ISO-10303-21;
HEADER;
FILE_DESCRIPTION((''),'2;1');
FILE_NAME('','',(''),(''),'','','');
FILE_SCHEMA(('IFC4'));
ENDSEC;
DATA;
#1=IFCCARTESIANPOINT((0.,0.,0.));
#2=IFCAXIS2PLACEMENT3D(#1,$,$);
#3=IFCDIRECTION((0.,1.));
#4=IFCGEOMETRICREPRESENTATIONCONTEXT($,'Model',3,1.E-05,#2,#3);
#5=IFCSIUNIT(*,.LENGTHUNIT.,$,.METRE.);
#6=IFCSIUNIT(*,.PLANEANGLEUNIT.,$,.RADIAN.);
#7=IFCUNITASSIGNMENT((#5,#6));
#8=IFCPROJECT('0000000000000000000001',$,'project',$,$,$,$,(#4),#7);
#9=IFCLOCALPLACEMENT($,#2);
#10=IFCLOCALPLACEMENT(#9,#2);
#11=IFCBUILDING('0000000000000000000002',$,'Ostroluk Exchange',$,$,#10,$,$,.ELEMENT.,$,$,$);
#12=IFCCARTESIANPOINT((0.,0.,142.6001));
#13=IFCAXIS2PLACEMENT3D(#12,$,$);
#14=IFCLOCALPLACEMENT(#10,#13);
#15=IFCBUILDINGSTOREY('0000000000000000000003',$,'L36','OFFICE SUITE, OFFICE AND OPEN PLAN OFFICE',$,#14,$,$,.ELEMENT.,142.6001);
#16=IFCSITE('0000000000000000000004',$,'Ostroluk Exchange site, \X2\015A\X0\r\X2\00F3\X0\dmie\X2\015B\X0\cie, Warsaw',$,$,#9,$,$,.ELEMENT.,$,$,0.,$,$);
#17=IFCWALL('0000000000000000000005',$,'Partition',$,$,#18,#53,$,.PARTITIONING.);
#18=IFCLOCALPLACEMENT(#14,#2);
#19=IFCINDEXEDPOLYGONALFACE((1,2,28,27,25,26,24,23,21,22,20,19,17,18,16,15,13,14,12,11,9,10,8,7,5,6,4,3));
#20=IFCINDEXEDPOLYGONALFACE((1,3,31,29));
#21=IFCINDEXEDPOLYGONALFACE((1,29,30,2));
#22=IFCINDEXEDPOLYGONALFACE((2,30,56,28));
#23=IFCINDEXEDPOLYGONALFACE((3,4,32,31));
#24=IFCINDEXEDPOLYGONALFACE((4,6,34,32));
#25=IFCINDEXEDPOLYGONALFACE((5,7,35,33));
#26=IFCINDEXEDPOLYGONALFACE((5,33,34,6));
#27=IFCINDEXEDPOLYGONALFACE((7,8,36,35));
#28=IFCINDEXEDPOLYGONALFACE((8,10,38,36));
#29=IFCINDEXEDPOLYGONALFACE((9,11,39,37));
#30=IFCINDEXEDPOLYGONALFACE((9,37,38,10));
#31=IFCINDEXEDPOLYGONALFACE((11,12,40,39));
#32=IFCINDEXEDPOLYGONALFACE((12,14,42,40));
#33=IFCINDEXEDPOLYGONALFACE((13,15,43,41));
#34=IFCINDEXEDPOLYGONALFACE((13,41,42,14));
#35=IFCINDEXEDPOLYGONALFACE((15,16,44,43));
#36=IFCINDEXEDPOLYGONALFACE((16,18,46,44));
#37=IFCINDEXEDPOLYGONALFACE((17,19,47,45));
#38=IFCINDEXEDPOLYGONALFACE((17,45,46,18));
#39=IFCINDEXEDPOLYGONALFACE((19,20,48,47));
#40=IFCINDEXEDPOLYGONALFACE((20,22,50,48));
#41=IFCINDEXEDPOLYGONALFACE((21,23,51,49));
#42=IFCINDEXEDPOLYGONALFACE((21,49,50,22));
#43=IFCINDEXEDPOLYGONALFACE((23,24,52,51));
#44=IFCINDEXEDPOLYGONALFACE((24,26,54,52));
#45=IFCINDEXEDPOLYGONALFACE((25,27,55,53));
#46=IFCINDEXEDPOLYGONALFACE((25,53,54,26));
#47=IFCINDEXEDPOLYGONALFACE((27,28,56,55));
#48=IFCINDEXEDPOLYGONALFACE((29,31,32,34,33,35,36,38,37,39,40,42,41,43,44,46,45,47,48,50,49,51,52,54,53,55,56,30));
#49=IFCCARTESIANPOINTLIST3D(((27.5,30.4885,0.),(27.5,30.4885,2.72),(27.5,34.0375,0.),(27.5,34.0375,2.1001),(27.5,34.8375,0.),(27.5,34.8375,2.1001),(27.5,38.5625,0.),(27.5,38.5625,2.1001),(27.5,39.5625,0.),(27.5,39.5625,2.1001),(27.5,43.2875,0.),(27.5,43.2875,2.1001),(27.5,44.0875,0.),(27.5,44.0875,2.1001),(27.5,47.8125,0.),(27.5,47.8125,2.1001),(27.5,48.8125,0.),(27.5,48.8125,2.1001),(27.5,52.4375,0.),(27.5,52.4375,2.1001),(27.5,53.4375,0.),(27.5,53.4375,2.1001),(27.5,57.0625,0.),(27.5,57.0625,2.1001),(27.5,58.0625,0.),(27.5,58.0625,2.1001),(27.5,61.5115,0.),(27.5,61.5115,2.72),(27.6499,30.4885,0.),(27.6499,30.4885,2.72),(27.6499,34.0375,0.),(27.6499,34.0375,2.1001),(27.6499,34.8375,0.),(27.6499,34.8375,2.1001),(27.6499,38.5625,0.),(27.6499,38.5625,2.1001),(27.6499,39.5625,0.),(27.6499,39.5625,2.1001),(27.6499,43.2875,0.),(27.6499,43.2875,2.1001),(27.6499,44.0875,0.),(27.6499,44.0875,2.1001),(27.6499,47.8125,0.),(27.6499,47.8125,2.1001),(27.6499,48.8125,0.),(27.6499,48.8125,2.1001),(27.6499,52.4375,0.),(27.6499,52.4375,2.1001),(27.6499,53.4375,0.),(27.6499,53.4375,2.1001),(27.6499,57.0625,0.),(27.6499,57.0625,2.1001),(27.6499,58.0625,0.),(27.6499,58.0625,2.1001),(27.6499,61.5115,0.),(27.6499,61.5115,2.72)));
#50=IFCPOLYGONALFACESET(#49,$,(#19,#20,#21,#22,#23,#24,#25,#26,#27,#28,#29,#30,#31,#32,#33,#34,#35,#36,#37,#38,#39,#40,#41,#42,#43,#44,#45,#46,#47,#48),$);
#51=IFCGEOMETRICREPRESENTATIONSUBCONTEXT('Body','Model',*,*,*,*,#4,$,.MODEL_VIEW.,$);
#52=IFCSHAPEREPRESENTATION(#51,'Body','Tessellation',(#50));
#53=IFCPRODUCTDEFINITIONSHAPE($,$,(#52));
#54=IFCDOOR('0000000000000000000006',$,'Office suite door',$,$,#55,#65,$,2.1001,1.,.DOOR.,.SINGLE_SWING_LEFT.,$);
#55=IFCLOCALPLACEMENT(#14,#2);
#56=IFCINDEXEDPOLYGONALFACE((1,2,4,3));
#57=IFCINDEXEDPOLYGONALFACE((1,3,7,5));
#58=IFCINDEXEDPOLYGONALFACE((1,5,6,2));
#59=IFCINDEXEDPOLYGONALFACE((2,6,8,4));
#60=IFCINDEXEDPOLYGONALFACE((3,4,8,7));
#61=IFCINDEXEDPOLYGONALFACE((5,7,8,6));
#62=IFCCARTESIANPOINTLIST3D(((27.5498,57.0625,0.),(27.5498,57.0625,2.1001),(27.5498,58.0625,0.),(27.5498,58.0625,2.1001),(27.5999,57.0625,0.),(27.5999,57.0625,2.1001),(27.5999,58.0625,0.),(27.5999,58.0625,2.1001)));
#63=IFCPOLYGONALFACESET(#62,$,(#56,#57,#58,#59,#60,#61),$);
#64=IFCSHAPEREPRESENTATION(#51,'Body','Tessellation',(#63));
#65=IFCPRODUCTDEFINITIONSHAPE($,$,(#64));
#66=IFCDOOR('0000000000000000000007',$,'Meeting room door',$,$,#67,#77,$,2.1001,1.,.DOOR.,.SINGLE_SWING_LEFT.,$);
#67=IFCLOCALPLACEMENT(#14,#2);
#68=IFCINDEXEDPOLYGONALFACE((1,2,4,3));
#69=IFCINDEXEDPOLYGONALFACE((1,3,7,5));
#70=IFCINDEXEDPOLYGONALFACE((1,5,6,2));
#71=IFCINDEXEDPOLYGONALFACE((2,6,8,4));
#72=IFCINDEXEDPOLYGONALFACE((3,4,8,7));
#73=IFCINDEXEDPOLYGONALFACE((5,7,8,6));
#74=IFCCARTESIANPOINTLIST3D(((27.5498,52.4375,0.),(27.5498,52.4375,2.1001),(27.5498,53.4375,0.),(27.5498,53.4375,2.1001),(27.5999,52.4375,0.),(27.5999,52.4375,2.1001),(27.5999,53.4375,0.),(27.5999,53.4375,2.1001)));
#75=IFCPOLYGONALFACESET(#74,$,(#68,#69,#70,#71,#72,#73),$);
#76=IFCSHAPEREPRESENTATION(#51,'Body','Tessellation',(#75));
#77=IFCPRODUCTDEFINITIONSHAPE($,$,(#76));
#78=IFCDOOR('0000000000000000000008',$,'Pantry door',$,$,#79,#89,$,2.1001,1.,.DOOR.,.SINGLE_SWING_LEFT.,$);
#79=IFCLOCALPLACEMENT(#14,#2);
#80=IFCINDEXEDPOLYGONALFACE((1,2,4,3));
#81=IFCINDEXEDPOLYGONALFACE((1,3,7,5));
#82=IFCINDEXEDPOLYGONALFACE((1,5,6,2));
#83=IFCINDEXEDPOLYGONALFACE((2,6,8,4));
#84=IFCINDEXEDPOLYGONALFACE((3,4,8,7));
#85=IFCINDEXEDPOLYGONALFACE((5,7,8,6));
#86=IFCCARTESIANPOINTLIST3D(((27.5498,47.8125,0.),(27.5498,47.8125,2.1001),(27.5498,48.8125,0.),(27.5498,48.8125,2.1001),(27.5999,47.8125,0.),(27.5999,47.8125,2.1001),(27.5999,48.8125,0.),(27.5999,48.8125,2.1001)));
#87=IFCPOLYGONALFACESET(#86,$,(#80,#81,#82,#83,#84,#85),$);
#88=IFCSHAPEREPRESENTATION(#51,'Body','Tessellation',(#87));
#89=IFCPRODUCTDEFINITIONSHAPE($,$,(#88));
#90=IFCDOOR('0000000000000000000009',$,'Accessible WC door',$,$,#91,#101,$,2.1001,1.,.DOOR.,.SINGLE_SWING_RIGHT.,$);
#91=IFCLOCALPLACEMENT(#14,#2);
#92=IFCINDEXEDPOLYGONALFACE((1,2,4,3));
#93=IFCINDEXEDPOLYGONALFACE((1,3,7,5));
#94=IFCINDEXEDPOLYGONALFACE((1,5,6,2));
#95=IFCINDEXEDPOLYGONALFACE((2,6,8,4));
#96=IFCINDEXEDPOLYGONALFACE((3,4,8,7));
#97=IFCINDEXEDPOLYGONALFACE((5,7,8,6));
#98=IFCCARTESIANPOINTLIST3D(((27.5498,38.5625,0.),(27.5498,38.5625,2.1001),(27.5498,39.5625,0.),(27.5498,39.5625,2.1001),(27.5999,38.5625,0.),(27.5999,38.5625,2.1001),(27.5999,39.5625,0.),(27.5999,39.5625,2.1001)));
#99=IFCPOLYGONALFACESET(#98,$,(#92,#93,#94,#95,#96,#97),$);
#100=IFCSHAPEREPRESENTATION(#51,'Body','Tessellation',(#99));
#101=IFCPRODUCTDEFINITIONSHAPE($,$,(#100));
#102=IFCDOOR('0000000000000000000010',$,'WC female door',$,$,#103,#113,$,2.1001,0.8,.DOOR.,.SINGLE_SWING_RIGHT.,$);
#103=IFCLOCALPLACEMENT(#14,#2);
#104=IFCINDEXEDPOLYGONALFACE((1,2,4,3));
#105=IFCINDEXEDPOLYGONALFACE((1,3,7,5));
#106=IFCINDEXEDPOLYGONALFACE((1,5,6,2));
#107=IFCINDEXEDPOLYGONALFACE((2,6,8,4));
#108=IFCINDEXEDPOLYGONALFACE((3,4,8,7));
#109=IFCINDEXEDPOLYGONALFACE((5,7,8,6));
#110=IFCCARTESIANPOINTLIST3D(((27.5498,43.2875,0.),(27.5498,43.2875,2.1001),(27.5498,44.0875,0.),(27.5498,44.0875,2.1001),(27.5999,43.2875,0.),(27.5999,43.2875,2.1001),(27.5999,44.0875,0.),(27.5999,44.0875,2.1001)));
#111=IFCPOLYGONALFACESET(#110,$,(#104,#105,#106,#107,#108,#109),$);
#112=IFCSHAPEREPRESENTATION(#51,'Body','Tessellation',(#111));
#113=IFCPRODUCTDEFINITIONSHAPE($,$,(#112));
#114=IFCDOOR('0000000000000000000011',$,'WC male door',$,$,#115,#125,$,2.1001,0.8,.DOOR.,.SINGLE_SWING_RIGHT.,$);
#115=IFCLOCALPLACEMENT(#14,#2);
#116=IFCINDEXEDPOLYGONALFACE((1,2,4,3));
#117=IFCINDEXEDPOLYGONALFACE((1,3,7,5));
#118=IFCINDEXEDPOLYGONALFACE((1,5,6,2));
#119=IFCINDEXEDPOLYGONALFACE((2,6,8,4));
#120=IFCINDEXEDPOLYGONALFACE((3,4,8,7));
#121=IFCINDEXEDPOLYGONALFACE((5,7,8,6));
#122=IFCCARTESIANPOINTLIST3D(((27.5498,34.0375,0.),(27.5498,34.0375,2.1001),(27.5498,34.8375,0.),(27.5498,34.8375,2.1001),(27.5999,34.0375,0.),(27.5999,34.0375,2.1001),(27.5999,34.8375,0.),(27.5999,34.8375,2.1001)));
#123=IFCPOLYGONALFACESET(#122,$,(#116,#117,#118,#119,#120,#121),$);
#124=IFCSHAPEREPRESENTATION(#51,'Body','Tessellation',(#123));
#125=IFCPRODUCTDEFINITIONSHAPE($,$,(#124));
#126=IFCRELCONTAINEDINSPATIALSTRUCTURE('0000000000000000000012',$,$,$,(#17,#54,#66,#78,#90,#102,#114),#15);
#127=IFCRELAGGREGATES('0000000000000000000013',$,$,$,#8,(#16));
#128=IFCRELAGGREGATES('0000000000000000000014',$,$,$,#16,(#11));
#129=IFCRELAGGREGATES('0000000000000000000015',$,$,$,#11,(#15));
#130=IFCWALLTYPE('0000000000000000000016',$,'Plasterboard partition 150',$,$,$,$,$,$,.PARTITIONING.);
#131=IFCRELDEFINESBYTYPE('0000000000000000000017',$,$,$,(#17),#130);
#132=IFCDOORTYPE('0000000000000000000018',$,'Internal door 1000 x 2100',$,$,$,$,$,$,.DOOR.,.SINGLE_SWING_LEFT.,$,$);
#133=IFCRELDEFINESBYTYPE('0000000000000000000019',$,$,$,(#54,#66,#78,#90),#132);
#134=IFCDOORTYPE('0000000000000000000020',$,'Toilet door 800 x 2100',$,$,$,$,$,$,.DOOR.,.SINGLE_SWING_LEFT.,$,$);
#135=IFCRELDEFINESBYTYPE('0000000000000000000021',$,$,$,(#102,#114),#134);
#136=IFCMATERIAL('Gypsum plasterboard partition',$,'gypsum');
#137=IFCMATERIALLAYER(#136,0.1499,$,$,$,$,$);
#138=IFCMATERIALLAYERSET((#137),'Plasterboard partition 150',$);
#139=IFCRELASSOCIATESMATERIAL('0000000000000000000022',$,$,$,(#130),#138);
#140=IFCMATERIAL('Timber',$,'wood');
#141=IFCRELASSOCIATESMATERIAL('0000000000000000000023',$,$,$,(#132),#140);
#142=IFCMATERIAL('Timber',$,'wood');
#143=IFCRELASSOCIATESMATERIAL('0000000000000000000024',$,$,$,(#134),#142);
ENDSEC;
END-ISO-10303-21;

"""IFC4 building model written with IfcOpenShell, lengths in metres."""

from ifc_helpers import new_model, si_unit, direction, frame, frame_2d, origin, place, context, subcontext, project, spatial, rectangle, extrude, material, layer, layer_set, type_object, element, fill, save


model = new_model("IFC4")

# Units and contexts
model_context = context("Model", 3, precision=1e-05, world=origin(), true_north=direction((0.0, 1.0)))
body_context = subcontext(model_context, "Body", "Model", "MODEL_VIEW")
ifc_project = project(units=[si_unit("LENGTHUNIT", "METRE"), si_unit("PLANEANGLEUNIT", "RADIAN")], contexts=[model_context])

# Site, building, storey
site_placement = place(None, origin())
site = spatial("IfcSite", under=ifc_project, at=site_placement, Name="Ostroluk Exchange site, Śródmieście, Warsaw", CompositionType="ELEMENT", RefElevation=0.0)
building_placement = place(site_placement, origin())
building = spatial("IfcBuilding", under=site, at=building_placement, Name="Ostroluk Exchange", CompositionType="ELEMENT")
storey_placement = place(building_placement, frame((0.0, 0.0, 142.6001)))
storey = spatial("IfcBuildingStorey", under=building, at=storey_placement, Name="L36", Description="OFFICE SUITE, OFFICE AND OPEN PLAN OFFICE", CompositionType="ELEMENT", Elevation=142.6001)

# Shared definitions
ifc_material_1 = material(Name="Gypsum plasterboard partition", Category="gypsum")
ifc_layer_1 = layer(ifc_material_1, 0.1499)
ifc_layer_set_1 = layer_set([ifc_layer_1], Name="Plasterboard partition 150")
wall_type_1 = type_object("IfcWallType", Name="Plasterboard partition 150", PredefinedType="PARTITIONING", material=ifc_layer_set_1)

# Wall, openings, doors
wall_1_placement = place(storey_placement, frame((27.575, 61.5115, 0.0), z_axis=(0.0, 0.0, 1.0), x_axis=(0.0, -1.0, 0.0)))
wall_1 = element("IfcWall", 1, at=wall_1_placement, inside=storey, type_object=wall_type_1, Name="Partition", PredefinedType="PARTITIONING", context=body_context, shape_type="SweptSolid", body=[
    extrude(rectangle(XDim=31.0229, YDim=0.1499, at=frame_2d((15.5115, 0.0))), origin(), (0.0, 0.0, 1.0), 2.72),
])
opening_1_placement = place(wall_1_placement, frame((3.449, 0.0, 0.0)))
opening_1 = element("IfcOpeningElement", 2, at=opening_1_placement, cuts=wall_1, PredefinedType="OPENING", context=body_context, shape_type="SweptSolid", body=[
    extrude(rectangle(XDim=1.0, YDim=2.1001, at=frame_2d((0.5, 1.05))), frame((0.0, 0.085, 0.0), z_axis=(0.0, -1.0, 0.0), x_axis=(1.0, 0.0, 0.0)), (0.0, 0.0, 1.0), 0.1699),
])
opening_2_placement = place(wall_1_placement, frame((8.074, 0.0, 0.0)))
opening_2 = element("IfcOpeningElement", 3, at=opening_2_placement, cuts=wall_1, PredefinedType="OPENING", context=body_context, shape_type="SweptSolid", body=[
    extrude(rectangle(XDim=1.0, YDim=2.1001, at=frame_2d((0.5, 1.05))), frame((0.0, 0.085, 0.0), z_axis=(0.0, -1.0, 0.0), x_axis=(1.0, 0.0, 0.0)), (0.0, 0.0, 1.0), 0.1699),
])
opening_3_placement = place(wall_1_placement, frame((12.699, 0.0, 0.0)))
opening_3 = element("IfcOpeningElement", 4, at=opening_3_placement, cuts=wall_1, PredefinedType="OPENING", context=body_context, shape_type="SweptSolid", body=[
    extrude(rectangle(XDim=1.0, YDim=2.1001, at=frame_2d((0.5, 1.05))), frame((0.0, 0.085, 0.0), z_axis=(0.0, -1.0, 0.0), x_axis=(1.0, 0.0, 0.0)), (0.0, 0.0, 1.0), 0.1699),
])
opening_4_placement = place(wall_1_placement, frame((17.4241, 0.0, 0.0)))
opening_4 = element("IfcOpeningElement", 5, at=opening_4_placement, cuts=wall_1, PredefinedType="OPENING", context=body_context, shape_type="SweptSolid", body=[
    extrude(rectangle(XDim=0.8, YDim=2.1001, at=frame_2d((0.3999, 1.05))), frame((0.0, 0.085, 0.0), z_axis=(0.0, -1.0, 0.0), x_axis=(1.0, 0.0, 0.0)), (0.0, 0.0, 1.0), 0.1699),
])
opening_5_placement = place(wall_1_placement, frame((21.949, 0.0, 0.0)))
opening_5 = element("IfcOpeningElement", 6, at=opening_5_placement, cuts=wall_1, PredefinedType="OPENING", context=body_context, shape_type="SweptSolid", body=[
    extrude(rectangle(XDim=1.0, YDim=2.1001, at=frame_2d((0.5, 1.05))), frame((0.0, 0.085, 0.0), z_axis=(0.0, -1.0, 0.0), x_axis=(1.0, 0.0, 0.0)), (0.0, 0.0, 1.0), 0.1699),
])
opening_6_placement = place(wall_1_placement, frame((26.6741, 0.0, 0.0)))
opening_6 = element("IfcOpeningElement", 7, at=opening_6_placement, cuts=wall_1, PredefinedType="OPENING", context=body_context, shape_type="SweptSolid", body=[
    extrude(rectangle(XDim=0.8, YDim=2.1001, at=frame_2d((0.3999, 1.05))), frame((0.0, 0.085, 0.0), z_axis=(0.0, -1.0, 0.0), x_axis=(1.0, 0.0, 0.0)), (0.0, 0.0, 1.0), 0.1699),
])
ifc_material_2 = material(Name="Timber", Category="wood")
door_type_1 = type_object("IfcDoorType", Name="Internal door 1000 x 2100", OperationType="SINGLE_SWING_LEFT", PredefinedType="DOOR", material=ifc_material_2)
door_1_placement = place(opening_1_placement, origin())
door_1 = element("IfcDoor", 8, at=door_1_placement, inside=storey, type_object=door_type_1, Name="Office suite door", OperationType="SINGLE_SWING_LEFT", OverallHeight=2.1001, OverallWidth=1.0, PredefinedType="DOOR", context=body_context, shape_type="SweptSolid", body=[
    extrude(rectangle(XDim=1.0, YDim=2.1001, at=frame_2d((0.5, 1.05))), frame((0.0, 0.0249, 0.0), z_axis=(0.0, -1.0, 0.0), x_axis=(1.0, 0.0, 0.0)), (0.0, 0.0, 1.0), 0.05),
])
fill(opening_1, door_1)
door_2_placement = place(opening_2_placement, origin())
door_2 = element("IfcDoor", 9, at=door_2_placement, inside=storey, type_object=door_type_1, Name="Meeting room door", OperationType="SINGLE_SWING_LEFT", OverallHeight=2.1001, OverallWidth=1.0, PredefinedType="DOOR", context=body_context, shape_type="SweptSolid", body=[
    extrude(rectangle(XDim=1.0, YDim=2.1001, at=frame_2d((0.5, 1.05))), frame((0.0, 0.0249, 0.0), z_axis=(0.0, -1.0, 0.0), x_axis=(1.0, 0.0, 0.0)), (0.0, 0.0, 1.0), 0.05),
])
fill(opening_2, door_2)
door_3_placement = place(opening_3_placement, origin())
door_3 = element("IfcDoor", 10, at=door_3_placement, inside=storey, type_object=door_type_1, Name="Pantry door", OperationType="SINGLE_SWING_LEFT", OverallHeight=2.1001, OverallWidth=1.0, PredefinedType="DOOR", context=body_context, shape_type="SweptSolid", body=[
    extrude(rectangle(XDim=1.0, YDim=2.1001, at=frame_2d((0.5, 1.05))), frame((0.0, 0.0249, 0.0), z_axis=(0.0, -1.0, 0.0), x_axis=(1.0, 0.0, 0.0)), (0.0, 0.0, 1.0), 0.05),
])
fill(opening_3, door_3)
door_4_placement = place(opening_5_placement, origin())
door_4 = element("IfcDoor", 11, at=door_4_placement, inside=storey, type_object=door_type_1, Name="Accessible WC door", OperationType="SINGLE_SWING_RIGHT", OverallHeight=2.1001, OverallWidth=1.0, PredefinedType="DOOR", context=body_context, shape_type="SweptSolid", body=[
    extrude(rectangle(XDim=1.0, YDim=2.1001, at=frame_2d((0.5, 1.05))), frame((0.0, 0.0249, 0.0), z_axis=(0.0, -1.0, 0.0), x_axis=(1.0, 0.0, 0.0)), (0.0, 0.0, 1.0), 0.05),
])
fill(opening_5, door_4)
ifc_material_3 = material(Name="Timber", Category="wood")
door_type_2 = type_object("IfcDoorType", Name="Toilet door 800 x 2100", OperationType="SINGLE_SWING_LEFT", PredefinedType="DOOR", material=ifc_material_3)
door_5_placement = place(opening_4_placement, origin())
door_5 = element("IfcDoor", 12, at=door_5_placement, inside=storey, type_object=door_type_2, Name="WC female door", OperationType="SINGLE_SWING_RIGHT", OverallHeight=2.1001, OverallWidth=0.8, PredefinedType="DOOR", context=body_context, shape_type="SweptSolid", body=[
    extrude(rectangle(XDim=0.8, YDim=2.1001, at=frame_2d((0.3999, 1.05))), frame((0.0, 0.0249, 0.0), z_axis=(0.0, -1.0, 0.0), x_axis=(1.0, 0.0, 0.0)), (0.0, 0.0, 1.0), 0.05),
])
fill(opening_4, door_5)
door_6_placement = place(opening_6_placement, origin())
door_6 = element("IfcDoor", 13, at=door_6_placement, inside=storey, type_object=door_type_2, Name="WC male door", OperationType="SINGLE_SWING_RIGHT", OverallHeight=2.1001, OverallWidth=0.8, PredefinedType="DOOR", context=body_context, shape_type="SweptSolid", body=[
    extrude(rectangle(XDim=0.8, YDim=2.1001, at=frame_2d((0.3999, 1.05))), frame((0.0, 0.0249, 0.0), z_axis=(0.0, -1.0, 0.0), x_axis=(1.0, 0.0, 0.0)), (0.0, 0.0, 1.0), 0.05),
])
fill(opening_6, door_6)

save(model, "model.ifc")
